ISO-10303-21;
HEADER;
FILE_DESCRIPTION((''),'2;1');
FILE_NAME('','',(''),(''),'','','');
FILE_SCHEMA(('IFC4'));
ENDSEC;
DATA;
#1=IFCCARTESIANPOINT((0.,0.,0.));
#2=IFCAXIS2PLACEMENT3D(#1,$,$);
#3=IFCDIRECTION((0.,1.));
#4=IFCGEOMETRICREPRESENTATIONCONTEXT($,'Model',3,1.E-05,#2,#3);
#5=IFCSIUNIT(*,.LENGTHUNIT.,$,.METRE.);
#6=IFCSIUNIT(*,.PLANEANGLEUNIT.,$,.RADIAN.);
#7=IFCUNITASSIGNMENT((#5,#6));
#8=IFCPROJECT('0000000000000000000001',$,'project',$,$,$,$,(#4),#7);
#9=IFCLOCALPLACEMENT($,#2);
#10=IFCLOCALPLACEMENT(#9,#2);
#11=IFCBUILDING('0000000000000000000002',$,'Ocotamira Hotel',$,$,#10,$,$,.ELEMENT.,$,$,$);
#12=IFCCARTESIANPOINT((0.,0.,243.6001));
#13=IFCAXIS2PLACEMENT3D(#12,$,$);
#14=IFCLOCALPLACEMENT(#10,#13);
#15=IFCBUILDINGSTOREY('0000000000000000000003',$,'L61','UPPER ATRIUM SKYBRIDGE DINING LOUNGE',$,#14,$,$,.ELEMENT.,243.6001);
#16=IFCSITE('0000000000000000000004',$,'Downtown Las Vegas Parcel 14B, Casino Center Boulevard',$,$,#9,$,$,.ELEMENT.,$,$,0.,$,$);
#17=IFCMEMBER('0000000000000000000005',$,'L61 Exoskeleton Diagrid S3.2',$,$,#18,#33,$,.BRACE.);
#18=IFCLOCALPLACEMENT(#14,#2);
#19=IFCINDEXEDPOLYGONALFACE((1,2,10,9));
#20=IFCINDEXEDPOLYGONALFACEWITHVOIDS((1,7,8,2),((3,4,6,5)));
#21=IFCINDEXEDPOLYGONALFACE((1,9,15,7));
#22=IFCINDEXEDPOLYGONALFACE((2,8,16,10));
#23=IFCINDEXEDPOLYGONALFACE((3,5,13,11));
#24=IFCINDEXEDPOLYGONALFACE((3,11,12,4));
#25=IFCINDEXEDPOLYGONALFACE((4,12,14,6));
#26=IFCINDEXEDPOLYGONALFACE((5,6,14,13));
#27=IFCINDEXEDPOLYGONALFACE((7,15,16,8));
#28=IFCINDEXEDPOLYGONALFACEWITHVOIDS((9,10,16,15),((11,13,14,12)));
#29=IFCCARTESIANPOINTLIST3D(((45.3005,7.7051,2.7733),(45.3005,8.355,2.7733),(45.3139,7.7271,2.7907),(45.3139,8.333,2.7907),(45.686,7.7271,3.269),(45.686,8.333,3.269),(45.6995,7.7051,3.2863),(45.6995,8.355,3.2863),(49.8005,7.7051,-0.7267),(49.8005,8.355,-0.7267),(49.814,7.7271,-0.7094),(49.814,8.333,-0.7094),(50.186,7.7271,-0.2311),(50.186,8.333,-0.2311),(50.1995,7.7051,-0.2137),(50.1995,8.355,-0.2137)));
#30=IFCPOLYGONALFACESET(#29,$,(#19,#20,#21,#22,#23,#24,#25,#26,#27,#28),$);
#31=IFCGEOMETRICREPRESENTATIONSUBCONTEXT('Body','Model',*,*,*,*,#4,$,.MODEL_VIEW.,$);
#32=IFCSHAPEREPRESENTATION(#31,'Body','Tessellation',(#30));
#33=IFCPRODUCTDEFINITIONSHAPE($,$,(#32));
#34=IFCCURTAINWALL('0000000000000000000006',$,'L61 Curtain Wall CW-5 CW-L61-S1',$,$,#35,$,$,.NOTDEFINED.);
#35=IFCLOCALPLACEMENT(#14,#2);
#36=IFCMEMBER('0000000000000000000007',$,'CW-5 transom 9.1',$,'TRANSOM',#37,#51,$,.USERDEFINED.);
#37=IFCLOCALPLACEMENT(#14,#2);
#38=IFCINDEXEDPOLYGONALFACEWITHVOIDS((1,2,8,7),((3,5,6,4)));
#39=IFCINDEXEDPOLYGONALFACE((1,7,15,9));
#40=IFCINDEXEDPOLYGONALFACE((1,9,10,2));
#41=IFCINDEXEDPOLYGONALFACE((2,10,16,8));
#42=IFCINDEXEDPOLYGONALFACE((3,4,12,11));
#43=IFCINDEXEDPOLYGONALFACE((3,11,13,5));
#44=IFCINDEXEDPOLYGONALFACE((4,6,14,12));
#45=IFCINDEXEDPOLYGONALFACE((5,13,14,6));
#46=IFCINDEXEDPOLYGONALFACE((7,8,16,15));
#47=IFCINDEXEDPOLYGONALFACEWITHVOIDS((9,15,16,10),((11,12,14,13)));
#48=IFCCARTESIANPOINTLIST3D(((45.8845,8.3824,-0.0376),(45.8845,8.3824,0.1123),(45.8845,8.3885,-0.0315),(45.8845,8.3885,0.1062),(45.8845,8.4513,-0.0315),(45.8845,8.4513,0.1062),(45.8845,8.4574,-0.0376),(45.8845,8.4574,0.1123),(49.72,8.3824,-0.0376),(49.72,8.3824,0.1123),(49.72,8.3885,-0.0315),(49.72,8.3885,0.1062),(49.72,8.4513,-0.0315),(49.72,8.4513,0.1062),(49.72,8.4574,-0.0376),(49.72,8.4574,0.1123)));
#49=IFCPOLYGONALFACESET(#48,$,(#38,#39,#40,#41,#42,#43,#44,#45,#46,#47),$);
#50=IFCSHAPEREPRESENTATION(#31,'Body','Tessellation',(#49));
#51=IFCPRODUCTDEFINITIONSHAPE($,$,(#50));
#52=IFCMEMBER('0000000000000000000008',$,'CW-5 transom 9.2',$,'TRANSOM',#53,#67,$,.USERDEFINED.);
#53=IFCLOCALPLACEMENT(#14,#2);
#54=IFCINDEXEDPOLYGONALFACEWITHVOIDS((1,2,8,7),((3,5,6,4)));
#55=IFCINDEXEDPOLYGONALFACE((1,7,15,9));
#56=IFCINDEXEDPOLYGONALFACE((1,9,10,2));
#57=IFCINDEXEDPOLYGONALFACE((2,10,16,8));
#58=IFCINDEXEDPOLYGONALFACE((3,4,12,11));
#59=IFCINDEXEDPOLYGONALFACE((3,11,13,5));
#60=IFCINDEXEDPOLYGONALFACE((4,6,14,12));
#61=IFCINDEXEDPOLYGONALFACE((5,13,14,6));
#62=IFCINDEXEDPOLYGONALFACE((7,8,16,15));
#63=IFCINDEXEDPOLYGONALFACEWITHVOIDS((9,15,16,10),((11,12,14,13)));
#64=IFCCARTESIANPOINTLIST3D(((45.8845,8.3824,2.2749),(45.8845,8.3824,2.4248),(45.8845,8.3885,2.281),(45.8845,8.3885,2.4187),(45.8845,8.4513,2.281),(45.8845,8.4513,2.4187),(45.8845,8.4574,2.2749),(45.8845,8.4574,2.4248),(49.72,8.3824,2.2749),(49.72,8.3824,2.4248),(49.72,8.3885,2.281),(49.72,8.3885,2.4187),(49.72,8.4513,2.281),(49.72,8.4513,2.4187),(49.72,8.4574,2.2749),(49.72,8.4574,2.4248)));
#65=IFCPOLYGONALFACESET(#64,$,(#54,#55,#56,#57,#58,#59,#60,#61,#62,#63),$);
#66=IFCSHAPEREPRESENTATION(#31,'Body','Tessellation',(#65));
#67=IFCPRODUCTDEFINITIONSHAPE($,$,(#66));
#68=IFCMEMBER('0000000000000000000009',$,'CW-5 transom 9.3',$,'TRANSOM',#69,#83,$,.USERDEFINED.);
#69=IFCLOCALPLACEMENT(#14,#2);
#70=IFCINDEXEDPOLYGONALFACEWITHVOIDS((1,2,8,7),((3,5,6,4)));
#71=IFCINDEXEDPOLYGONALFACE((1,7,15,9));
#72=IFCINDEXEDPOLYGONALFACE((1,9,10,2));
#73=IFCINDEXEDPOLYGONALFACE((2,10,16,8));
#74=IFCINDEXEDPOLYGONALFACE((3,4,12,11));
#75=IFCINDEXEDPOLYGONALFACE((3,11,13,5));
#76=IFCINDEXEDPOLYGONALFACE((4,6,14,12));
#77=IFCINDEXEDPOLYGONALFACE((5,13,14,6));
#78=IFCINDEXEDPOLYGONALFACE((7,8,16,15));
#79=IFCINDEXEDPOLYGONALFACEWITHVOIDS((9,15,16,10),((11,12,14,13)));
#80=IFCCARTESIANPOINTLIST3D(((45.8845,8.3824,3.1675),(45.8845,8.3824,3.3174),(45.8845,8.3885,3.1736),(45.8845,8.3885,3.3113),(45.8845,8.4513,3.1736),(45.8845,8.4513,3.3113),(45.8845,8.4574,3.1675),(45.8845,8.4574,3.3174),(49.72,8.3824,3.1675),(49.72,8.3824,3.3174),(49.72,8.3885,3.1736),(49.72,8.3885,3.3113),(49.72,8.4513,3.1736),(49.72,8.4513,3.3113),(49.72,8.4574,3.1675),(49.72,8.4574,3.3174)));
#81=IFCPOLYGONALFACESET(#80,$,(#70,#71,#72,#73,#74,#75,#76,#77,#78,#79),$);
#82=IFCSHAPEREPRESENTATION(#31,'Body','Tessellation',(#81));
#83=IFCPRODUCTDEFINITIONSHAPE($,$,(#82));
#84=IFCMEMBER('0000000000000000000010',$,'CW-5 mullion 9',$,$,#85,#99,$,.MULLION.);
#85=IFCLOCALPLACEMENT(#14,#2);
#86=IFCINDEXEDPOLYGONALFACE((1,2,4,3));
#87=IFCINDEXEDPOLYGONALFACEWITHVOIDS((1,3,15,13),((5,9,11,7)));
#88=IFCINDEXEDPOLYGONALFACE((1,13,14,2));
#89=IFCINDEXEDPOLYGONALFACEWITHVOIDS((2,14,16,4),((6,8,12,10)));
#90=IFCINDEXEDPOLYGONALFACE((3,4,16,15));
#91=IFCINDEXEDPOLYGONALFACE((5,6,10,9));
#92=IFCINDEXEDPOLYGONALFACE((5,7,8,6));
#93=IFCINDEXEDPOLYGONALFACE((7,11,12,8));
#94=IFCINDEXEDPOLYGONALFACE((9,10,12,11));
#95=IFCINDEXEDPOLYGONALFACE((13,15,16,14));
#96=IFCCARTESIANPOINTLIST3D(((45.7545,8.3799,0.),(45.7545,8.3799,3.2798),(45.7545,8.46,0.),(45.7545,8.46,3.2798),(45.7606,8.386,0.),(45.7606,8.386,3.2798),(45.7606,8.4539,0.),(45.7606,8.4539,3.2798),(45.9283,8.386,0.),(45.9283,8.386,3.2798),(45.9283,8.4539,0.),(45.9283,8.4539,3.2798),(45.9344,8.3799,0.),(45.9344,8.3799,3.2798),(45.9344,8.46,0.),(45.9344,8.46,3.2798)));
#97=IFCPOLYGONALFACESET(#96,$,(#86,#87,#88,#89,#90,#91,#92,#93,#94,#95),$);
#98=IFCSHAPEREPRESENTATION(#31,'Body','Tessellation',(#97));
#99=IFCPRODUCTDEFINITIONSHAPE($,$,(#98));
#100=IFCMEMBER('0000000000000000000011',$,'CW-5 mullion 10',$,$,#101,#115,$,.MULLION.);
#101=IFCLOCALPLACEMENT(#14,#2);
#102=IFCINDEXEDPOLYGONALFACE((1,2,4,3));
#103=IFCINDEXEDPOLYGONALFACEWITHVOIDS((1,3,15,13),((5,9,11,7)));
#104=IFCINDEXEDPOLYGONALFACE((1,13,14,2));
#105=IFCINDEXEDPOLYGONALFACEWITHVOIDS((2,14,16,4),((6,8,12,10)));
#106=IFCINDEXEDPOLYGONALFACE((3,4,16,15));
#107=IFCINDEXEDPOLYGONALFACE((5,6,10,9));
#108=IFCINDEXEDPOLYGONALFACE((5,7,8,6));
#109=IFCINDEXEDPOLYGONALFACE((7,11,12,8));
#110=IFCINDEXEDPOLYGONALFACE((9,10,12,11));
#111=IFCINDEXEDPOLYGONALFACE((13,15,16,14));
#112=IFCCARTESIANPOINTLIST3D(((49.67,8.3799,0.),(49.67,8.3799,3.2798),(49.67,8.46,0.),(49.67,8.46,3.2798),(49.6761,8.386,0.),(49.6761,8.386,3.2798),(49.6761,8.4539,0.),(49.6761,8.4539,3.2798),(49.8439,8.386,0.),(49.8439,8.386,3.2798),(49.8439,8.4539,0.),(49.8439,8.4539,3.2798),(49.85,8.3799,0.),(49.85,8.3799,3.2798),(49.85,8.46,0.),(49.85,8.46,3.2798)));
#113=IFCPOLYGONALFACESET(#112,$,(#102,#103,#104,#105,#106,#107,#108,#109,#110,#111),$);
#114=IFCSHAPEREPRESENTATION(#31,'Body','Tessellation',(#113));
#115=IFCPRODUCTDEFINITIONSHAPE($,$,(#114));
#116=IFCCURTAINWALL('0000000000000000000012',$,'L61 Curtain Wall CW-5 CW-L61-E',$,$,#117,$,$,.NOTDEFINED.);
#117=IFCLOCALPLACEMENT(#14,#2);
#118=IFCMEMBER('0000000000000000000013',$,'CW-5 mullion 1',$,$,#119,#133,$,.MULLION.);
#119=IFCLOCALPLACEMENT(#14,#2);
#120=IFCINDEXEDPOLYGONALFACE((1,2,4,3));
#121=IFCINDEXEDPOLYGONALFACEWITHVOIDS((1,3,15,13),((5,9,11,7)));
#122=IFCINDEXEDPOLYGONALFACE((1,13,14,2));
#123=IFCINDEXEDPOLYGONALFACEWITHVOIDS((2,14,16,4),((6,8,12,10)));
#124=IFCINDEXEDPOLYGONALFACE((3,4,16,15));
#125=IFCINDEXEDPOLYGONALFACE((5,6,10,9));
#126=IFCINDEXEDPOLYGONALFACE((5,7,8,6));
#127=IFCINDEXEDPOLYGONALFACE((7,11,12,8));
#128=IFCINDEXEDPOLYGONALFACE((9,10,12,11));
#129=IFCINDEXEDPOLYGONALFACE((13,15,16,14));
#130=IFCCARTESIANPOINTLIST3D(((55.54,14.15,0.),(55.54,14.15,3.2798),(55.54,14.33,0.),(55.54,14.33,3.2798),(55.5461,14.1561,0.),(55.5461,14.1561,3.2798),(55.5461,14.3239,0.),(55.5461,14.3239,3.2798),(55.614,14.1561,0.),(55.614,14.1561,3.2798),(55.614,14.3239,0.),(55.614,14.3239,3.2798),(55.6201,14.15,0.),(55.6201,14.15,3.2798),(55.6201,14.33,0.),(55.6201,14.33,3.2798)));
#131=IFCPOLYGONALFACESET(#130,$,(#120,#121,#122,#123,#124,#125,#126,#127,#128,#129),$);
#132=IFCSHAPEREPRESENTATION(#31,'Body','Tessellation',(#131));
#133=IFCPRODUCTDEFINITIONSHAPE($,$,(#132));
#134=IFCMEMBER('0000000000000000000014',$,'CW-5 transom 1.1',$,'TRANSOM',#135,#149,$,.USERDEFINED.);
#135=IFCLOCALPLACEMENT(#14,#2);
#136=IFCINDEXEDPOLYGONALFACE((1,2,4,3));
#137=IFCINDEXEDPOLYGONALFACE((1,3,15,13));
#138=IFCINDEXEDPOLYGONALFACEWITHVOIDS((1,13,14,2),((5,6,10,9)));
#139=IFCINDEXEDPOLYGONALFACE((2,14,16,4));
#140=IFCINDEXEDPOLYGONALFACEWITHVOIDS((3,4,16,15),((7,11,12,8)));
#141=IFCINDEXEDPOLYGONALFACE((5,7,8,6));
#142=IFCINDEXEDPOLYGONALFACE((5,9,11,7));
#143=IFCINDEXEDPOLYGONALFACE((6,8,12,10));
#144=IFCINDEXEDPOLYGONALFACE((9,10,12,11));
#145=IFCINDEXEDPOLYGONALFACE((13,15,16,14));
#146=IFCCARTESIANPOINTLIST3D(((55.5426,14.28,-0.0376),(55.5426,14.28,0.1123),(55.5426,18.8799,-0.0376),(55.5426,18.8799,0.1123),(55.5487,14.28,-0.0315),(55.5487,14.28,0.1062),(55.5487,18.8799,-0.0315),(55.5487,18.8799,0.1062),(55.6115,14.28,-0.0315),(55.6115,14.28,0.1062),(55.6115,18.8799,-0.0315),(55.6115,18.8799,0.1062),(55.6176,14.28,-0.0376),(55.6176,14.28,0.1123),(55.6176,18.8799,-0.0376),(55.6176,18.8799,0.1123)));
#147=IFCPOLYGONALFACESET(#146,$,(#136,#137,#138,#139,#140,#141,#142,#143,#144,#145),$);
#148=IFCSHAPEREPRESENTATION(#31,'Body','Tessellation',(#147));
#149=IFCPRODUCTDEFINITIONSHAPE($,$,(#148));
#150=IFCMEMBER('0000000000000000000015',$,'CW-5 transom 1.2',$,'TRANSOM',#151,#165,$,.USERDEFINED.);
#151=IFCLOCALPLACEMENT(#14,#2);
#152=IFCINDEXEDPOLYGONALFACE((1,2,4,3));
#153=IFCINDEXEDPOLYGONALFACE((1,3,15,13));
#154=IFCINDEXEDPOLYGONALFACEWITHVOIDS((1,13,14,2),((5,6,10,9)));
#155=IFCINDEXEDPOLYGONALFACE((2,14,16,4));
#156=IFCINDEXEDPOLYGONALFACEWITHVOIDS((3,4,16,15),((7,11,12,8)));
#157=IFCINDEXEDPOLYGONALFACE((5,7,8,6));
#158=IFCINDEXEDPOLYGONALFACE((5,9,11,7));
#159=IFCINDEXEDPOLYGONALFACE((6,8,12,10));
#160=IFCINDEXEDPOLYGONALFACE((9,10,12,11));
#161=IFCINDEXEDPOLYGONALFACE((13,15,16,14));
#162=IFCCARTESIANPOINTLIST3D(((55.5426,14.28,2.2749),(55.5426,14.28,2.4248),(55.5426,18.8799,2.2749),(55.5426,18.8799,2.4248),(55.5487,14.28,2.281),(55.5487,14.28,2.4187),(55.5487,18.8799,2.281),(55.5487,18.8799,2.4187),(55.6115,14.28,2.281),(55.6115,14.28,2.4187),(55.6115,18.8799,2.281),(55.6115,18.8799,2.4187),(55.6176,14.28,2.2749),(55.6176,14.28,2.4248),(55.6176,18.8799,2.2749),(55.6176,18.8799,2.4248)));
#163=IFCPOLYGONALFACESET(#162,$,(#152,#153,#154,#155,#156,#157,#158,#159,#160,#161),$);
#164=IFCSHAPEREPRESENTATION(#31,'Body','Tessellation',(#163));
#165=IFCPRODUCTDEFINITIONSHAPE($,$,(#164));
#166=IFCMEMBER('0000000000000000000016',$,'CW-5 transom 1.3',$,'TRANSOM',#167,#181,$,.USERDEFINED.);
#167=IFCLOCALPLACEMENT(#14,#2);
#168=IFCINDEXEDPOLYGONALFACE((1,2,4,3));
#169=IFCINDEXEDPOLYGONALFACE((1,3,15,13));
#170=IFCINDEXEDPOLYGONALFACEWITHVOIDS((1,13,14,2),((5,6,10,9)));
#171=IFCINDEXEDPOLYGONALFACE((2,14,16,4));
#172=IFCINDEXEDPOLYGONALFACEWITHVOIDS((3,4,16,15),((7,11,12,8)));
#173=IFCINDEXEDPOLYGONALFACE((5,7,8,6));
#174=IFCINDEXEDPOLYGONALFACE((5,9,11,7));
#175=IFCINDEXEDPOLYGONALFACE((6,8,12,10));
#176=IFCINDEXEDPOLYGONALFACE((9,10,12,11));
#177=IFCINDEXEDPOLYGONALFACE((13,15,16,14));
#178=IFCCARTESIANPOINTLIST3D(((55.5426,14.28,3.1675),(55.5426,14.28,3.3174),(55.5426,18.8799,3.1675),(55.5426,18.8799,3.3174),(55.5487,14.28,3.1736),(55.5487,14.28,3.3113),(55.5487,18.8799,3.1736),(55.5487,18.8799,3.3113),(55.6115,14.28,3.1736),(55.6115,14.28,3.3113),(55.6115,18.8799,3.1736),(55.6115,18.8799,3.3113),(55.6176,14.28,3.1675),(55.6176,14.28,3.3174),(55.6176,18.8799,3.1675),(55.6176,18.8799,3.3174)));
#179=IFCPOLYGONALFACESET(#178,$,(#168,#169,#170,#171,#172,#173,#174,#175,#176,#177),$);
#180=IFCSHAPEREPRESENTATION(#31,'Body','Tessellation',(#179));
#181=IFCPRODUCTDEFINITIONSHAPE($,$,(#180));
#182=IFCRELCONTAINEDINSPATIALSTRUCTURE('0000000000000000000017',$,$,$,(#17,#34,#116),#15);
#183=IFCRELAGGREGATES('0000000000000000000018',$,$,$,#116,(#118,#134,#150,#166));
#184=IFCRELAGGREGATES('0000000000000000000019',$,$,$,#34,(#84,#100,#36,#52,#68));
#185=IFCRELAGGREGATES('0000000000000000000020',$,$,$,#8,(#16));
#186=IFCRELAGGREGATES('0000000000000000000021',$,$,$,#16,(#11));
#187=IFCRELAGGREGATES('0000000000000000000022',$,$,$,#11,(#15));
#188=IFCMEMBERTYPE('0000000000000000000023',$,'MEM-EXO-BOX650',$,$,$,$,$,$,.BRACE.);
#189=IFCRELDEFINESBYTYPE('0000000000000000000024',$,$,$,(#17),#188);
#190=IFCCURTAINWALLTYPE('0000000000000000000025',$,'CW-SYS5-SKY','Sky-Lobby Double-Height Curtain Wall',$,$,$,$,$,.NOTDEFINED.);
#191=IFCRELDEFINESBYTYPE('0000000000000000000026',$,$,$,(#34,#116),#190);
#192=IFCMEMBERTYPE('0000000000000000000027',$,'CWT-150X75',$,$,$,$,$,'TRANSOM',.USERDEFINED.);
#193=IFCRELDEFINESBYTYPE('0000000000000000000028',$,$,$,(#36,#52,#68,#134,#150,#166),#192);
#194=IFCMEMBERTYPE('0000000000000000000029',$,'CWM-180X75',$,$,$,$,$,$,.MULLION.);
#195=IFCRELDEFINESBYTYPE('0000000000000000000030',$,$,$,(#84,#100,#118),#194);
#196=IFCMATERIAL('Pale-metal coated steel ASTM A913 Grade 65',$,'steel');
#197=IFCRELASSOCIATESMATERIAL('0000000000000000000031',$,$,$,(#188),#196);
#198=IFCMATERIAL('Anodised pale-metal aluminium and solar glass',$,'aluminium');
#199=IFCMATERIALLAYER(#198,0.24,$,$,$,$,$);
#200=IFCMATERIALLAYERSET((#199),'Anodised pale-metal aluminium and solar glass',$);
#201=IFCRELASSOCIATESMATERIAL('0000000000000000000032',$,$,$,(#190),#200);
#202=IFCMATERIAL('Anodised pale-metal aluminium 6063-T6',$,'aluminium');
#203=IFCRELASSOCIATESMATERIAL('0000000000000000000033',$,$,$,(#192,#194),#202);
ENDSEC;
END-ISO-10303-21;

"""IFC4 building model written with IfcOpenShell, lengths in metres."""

from ifc_helpers import new_model, si_unit, direction, frame, origin, origin_2d, place, context, subcontext, project, spatial, hollow_rectangle, extrude, source, transform, mapped, material, layer, layer_set, material_profile, profile_set, type_object, element, aggregate, save


model = new_model("IFC4")

# Units and contexts
model_context = context("Model", 3, precision=1e-05, world=origin(), true_north=direction((0.0, 1.0)))
body_context = subcontext(model_context, "Body", "Model", "MODEL_VIEW")
ifc_project = project(units=[si_unit("LENGTHUNIT", "METRE"), si_unit("PLANEANGLEUNIT", "RADIAN")], contexts=[model_context])

# Site, building, storey
site_placement = place(None, origin())
site = spatial("IfcSite", under=ifc_project, at=site_placement, Name="Downtown Las Vegas Parcel 14B, Casino Center Boulevard", CompositionType="ELEMENT", RefElevation=0.0)
building_placement = place(site_placement, origin())
building = spatial("IfcBuilding", under=site, at=building_placement, Name="Ocotamira Hotel", CompositionType="ELEMENT")
storey_placement = place(building_placement, frame((0.0, 0.0, 243.6001)))
storey = spatial("IfcBuildingStorey", under=building, at=storey_placement, Name="L61", Description="UPPER ATRIUM SKYBRIDGE DINING LOUNGE", CompositionType="ELEMENT", Elevation=243.6001)

# Member
ifc_material_1 = material(Name="Pale-metal coated steel ASTM A913 Grade 65", Category="steel")
ifc_material_profile_1 = material_profile(ifc_material_1, hollow_rectangle(XDim=0.6499, YDim=0.6499, WallThickness=0.022, at=origin_2d()), Name="BOX650X650X22")
ifc_profile_set_1 = profile_set([ifc_material_profile_1], Name="Pale-metal coated steel ASTM A913 Grade 65")
member_type_1 = type_object("IfcMemberType", Name="MEM-EXO-BOX650", PredefinedType="BRACE", material=ifc_profile_set_1)
shared_shape_1 = source(origin(), body_context, "Body", "SweptSolid", [
    extrude(hollow_rectangle(XDim=0.6499, YDim=0.6499, WallThickness=0.022, at=origin_2d()), origin(), (0.0, 0.0, 1.0), 5.7009),
])
member_1_placement = place(storey_placement, frame((50.0, 8.03, -0.4702), z_axis=(-0.789352, 0.0, 0.613941), x_axis=(0.0, -1.0, 0.0)))
element("IfcMember", 1, at=member_1_placement, inside=storey, type_object=member_type_1, Name="L61 Exoskeleton Diagrid S3.2", PredefinedType="BRACE", context=body_context, shape_type="MappedRepresentation", body=[
    mapped(shared_shape_1, transform((0.0, 0.0, 0.0), scale=1.0)),
])

# Curtain walls, members
ifc_material_2 = material(Name="Anodised pale-metal aluminium and solar glass", Category="aluminium")
ifc_layer_1 = layer(ifc_material_2, 0.24)
ifc_layer_set_1 = layer_set([ifc_layer_1], Name="Anodised pale-metal aluminium and solar glass")
curtain_wall_type = type_object("IfcCurtainWallType", Name="CW-SYS5-SKY", Description="Sky-Lobby Double-Height Curtain Wall", PredefinedType="NOTDEFINED", material=ifc_layer_set_1)
curtain_wall_1_placement = place(storey_placement, origin())
curtain_wall_1 = element("IfcCurtainWall", 2, at=curtain_wall_1_placement, inside=storey, type_object=curtain_wall_type, Name="L61 Curtain Wall CW-5 CW-L61-S1", PredefinedType="NOTDEFINED")
ifc_material_3 = material(Name="Anodised pale-metal aluminium 6063-T6", Category="aluminium")
ifc_material_profile_2 = material_profile(ifc_material_3, hollow_rectangle(XDim=0.075, YDim=0.1499, WallThickness=0.0061, at=origin_2d()), Name="HSS150X75X6")
ifc_profile_set_2 = profile_set([ifc_material_profile_2], Name="Anodised pale-metal aluminium 6063-T6")
member_type_2 = type_object("IfcMemberType", Name="CWT-150X75", ElementType="TRANSOM", PredefinedType="USERDEFINED", material=ifc_profile_set_2)
shared_shape_2 = source(origin(), body_context, "Body", "SweptSolid", [
    extrude(hollow_rectangle(XDim=0.075, YDim=0.1499, WallThickness=0.0061, at=origin_2d()), origin(), (0.0, 0.0, 1.0), 3.8354),
])
member_2_placement = place(storey_placement, frame((45.8845, 8.4199, 0.0374), z_axis=(1.0, 0.0, 0.0), x_axis=(0.0, 1.0, 0.0)))
member_2 = element("IfcMember", 3, at=member_2_placement, type_object=member_type_2, Name="CW-5 transom 9.1", ObjectType="TRANSOM", PredefinedType="USERDEFINED", context=body_context, shape_type="MappedRepresentation", body=[
    mapped(shared_shape_2, transform((0.0, 0.0, 0.0), scale=1.0)),
])
member_3_placement = place(storey_placement, frame((45.8845, 8.4199, 2.3499), z_axis=(1.0, 0.0, 0.0), x_axis=(0.0, 1.0, 0.0)))
member_3 = element("IfcMember", 4, at=member_3_placement, type_object=member_type_2, Name="CW-5 transom 9.2", ObjectType="TRANSOM", PredefinedType="USERDEFINED", context=body_context, shape_type="MappedRepresentation", body=[
    mapped(shared_shape_2, transform((0.0, 0.0, 0.0), scale=1.0)),
])
member_4_placement = place(storey_placement, frame((45.8845, 8.4199, 3.2424), z_axis=(1.0, 0.0, 0.0), x_axis=(0.0, 1.0, 0.0)))
member_4 = element("IfcMember", 5, at=member_4_placement, type_object=member_type_2, Name="CW-5 transom 9.3", ObjectType="TRANSOM", PredefinedType="USERDEFINED", context=body_context, shape_type="MappedRepresentation", body=[
    mapped(shared_shape_2, transform((0.0, 0.0, 0.0), scale=1.0)),
])
ifc_material_profile_3 = material_profile(ifc_material_3, hollow_rectangle(XDim=0.0801, YDim=0.1799, WallThickness=0.0061, at=origin_2d()), Name="HSS180X80X6")
ifc_profile_set_3 = profile_set([ifc_material_profile_3], Name="Anodised pale-metal aluminium 6063-T6")
member_type_3 = type_object("IfcMemberType", Name="CWM-180X75", PredefinedType="MULLION", material=ifc_profile_set_3)
shared_shape_3 = source(origin(), body_context, "Body", "SweptSolid", [
    extrude(hollow_rectangle(XDim=0.0801, YDim=0.1799, WallThickness=0.0061, at=origin_2d()), origin(), (0.0, 0.0, 1.0), 3.2798),
])
member_5_placement = place(storey_placement, frame((45.8445, 8.4199, 0.0), z_axis=(0.0, 0.0, 1.0), x_axis=(0.0, 1.0, 0.0)))
member_5 = element("IfcMember", 6, at=member_5_placement, type_object=member_type_3, Name="CW-5 mullion 9", PredefinedType="MULLION", context=body_context, shape_type="MappedRepresentation", body=[
    mapped(shared_shape_3, transform((0.0, 0.0, 0.0), scale=1.0)),
])
member_6_placement = place(storey_placement, frame((49.76, 8.4199, 0.0), z_axis=(0.0, 0.0, 1.0), x_axis=(0.0, 1.0, 0.0)))
member_6 = element("IfcMember", 7, at=member_6_placement, type_object=member_type_3, Name="CW-5 mullion 10", PredefinedType="MULLION", context=body_context, shape_type="MappedRepresentation", body=[
    mapped(shared_shape_3, transform((0.0, 0.0, 0.0), scale=1.0)),
])
curtain_wall_2_placement = place(storey_placement, origin())
curtain_wall_2 = element("IfcCurtainWall", 8, at=curtain_wall_2_placement, inside=storey, type_object=curtain_wall_type, Name="L61 Curtain Wall CW-5 CW-L61-E", PredefinedType="NOTDEFINED")
member_7_placement = place(storey_placement, frame((55.5801, 14.24, 0.0), z_axis=(0.0, 0.0, 1.0), x_axis=(-1.0, 0.0, 0.0)))
member_7 = element("IfcMember", 9, at=member_7_placement, type_object=member_type_3, Name="CW-5 mullion 1", PredefinedType="MULLION", context=body_context, shape_type="MappedRepresentation", body=[
    mapped(shared_shape_3, transform((0.0, 0.0, 0.0), scale=1.0)),
])
shared_shape_4 = source(origin(), body_context, "Body", "SweptSolid", [
    extrude(hollow_rectangle(XDim=0.075, YDim=0.1499, WallThickness=0.0061, at=origin_2d()), origin(), (0.0, 0.0, 1.0), 4.5999),
])
member_8_placement = place(storey_placement, frame((55.5801, 14.28, 0.0374), z_axis=(0.0, 1.0, 0.0), x_axis=(-1.0, 0.0, 0.0)))
member_8 = element("IfcMember", 10, at=member_8_placement, type_object=member_type_2, Name="CW-5 transom 1.1", ObjectType="TRANSOM", PredefinedType="USERDEFINED", context=body_context, shape_type="MappedRepresentation", body=[
    mapped(shared_shape_4, transform((0.0, 0.0, 0.0), scale=1.0)),
])
member_9_placement = place(storey_placement, frame((55.5801, 14.28, 2.3499), z_axis=(0.0, 1.0, 0.0), x_axis=(-1.0, 0.0, 0.0)))
member_9 = element("IfcMember", 11, at=member_9_placement, type_object=member_type_2, Name="CW-5 transom 1.2", ObjectType="TRANSOM", PredefinedType="USERDEFINED", context=body_context, shape_type="MappedRepresentation", body=[
    mapped(shared_shape_4, transform((0.0, 0.0, 0.0), scale=1.0)),
])
member_10_placement = place(storey_placement, frame((55.5801, 14.28, 3.2424), z_axis=(0.0, 1.0, 0.0), x_axis=(-1.0, 0.0, 0.0)))
member_10 = element("IfcMember", 12, at=member_10_placement, type_object=member_type_2, Name="CW-5 transom 1.3", ObjectType="TRANSOM", PredefinedType="USERDEFINED", context=body_context, shape_type="MappedRepresentation", body=[
    mapped(shared_shape_4, transform((0.0, 0.0, 0.0), scale=1.0)),
])
aggregate(curtain_wall_2, [member_7, member_8, member_9, member_10])

aggregate(curtain_wall_1, [member_5, member_6, member_2, member_3, member_4])

save(model, "model.ifc")
